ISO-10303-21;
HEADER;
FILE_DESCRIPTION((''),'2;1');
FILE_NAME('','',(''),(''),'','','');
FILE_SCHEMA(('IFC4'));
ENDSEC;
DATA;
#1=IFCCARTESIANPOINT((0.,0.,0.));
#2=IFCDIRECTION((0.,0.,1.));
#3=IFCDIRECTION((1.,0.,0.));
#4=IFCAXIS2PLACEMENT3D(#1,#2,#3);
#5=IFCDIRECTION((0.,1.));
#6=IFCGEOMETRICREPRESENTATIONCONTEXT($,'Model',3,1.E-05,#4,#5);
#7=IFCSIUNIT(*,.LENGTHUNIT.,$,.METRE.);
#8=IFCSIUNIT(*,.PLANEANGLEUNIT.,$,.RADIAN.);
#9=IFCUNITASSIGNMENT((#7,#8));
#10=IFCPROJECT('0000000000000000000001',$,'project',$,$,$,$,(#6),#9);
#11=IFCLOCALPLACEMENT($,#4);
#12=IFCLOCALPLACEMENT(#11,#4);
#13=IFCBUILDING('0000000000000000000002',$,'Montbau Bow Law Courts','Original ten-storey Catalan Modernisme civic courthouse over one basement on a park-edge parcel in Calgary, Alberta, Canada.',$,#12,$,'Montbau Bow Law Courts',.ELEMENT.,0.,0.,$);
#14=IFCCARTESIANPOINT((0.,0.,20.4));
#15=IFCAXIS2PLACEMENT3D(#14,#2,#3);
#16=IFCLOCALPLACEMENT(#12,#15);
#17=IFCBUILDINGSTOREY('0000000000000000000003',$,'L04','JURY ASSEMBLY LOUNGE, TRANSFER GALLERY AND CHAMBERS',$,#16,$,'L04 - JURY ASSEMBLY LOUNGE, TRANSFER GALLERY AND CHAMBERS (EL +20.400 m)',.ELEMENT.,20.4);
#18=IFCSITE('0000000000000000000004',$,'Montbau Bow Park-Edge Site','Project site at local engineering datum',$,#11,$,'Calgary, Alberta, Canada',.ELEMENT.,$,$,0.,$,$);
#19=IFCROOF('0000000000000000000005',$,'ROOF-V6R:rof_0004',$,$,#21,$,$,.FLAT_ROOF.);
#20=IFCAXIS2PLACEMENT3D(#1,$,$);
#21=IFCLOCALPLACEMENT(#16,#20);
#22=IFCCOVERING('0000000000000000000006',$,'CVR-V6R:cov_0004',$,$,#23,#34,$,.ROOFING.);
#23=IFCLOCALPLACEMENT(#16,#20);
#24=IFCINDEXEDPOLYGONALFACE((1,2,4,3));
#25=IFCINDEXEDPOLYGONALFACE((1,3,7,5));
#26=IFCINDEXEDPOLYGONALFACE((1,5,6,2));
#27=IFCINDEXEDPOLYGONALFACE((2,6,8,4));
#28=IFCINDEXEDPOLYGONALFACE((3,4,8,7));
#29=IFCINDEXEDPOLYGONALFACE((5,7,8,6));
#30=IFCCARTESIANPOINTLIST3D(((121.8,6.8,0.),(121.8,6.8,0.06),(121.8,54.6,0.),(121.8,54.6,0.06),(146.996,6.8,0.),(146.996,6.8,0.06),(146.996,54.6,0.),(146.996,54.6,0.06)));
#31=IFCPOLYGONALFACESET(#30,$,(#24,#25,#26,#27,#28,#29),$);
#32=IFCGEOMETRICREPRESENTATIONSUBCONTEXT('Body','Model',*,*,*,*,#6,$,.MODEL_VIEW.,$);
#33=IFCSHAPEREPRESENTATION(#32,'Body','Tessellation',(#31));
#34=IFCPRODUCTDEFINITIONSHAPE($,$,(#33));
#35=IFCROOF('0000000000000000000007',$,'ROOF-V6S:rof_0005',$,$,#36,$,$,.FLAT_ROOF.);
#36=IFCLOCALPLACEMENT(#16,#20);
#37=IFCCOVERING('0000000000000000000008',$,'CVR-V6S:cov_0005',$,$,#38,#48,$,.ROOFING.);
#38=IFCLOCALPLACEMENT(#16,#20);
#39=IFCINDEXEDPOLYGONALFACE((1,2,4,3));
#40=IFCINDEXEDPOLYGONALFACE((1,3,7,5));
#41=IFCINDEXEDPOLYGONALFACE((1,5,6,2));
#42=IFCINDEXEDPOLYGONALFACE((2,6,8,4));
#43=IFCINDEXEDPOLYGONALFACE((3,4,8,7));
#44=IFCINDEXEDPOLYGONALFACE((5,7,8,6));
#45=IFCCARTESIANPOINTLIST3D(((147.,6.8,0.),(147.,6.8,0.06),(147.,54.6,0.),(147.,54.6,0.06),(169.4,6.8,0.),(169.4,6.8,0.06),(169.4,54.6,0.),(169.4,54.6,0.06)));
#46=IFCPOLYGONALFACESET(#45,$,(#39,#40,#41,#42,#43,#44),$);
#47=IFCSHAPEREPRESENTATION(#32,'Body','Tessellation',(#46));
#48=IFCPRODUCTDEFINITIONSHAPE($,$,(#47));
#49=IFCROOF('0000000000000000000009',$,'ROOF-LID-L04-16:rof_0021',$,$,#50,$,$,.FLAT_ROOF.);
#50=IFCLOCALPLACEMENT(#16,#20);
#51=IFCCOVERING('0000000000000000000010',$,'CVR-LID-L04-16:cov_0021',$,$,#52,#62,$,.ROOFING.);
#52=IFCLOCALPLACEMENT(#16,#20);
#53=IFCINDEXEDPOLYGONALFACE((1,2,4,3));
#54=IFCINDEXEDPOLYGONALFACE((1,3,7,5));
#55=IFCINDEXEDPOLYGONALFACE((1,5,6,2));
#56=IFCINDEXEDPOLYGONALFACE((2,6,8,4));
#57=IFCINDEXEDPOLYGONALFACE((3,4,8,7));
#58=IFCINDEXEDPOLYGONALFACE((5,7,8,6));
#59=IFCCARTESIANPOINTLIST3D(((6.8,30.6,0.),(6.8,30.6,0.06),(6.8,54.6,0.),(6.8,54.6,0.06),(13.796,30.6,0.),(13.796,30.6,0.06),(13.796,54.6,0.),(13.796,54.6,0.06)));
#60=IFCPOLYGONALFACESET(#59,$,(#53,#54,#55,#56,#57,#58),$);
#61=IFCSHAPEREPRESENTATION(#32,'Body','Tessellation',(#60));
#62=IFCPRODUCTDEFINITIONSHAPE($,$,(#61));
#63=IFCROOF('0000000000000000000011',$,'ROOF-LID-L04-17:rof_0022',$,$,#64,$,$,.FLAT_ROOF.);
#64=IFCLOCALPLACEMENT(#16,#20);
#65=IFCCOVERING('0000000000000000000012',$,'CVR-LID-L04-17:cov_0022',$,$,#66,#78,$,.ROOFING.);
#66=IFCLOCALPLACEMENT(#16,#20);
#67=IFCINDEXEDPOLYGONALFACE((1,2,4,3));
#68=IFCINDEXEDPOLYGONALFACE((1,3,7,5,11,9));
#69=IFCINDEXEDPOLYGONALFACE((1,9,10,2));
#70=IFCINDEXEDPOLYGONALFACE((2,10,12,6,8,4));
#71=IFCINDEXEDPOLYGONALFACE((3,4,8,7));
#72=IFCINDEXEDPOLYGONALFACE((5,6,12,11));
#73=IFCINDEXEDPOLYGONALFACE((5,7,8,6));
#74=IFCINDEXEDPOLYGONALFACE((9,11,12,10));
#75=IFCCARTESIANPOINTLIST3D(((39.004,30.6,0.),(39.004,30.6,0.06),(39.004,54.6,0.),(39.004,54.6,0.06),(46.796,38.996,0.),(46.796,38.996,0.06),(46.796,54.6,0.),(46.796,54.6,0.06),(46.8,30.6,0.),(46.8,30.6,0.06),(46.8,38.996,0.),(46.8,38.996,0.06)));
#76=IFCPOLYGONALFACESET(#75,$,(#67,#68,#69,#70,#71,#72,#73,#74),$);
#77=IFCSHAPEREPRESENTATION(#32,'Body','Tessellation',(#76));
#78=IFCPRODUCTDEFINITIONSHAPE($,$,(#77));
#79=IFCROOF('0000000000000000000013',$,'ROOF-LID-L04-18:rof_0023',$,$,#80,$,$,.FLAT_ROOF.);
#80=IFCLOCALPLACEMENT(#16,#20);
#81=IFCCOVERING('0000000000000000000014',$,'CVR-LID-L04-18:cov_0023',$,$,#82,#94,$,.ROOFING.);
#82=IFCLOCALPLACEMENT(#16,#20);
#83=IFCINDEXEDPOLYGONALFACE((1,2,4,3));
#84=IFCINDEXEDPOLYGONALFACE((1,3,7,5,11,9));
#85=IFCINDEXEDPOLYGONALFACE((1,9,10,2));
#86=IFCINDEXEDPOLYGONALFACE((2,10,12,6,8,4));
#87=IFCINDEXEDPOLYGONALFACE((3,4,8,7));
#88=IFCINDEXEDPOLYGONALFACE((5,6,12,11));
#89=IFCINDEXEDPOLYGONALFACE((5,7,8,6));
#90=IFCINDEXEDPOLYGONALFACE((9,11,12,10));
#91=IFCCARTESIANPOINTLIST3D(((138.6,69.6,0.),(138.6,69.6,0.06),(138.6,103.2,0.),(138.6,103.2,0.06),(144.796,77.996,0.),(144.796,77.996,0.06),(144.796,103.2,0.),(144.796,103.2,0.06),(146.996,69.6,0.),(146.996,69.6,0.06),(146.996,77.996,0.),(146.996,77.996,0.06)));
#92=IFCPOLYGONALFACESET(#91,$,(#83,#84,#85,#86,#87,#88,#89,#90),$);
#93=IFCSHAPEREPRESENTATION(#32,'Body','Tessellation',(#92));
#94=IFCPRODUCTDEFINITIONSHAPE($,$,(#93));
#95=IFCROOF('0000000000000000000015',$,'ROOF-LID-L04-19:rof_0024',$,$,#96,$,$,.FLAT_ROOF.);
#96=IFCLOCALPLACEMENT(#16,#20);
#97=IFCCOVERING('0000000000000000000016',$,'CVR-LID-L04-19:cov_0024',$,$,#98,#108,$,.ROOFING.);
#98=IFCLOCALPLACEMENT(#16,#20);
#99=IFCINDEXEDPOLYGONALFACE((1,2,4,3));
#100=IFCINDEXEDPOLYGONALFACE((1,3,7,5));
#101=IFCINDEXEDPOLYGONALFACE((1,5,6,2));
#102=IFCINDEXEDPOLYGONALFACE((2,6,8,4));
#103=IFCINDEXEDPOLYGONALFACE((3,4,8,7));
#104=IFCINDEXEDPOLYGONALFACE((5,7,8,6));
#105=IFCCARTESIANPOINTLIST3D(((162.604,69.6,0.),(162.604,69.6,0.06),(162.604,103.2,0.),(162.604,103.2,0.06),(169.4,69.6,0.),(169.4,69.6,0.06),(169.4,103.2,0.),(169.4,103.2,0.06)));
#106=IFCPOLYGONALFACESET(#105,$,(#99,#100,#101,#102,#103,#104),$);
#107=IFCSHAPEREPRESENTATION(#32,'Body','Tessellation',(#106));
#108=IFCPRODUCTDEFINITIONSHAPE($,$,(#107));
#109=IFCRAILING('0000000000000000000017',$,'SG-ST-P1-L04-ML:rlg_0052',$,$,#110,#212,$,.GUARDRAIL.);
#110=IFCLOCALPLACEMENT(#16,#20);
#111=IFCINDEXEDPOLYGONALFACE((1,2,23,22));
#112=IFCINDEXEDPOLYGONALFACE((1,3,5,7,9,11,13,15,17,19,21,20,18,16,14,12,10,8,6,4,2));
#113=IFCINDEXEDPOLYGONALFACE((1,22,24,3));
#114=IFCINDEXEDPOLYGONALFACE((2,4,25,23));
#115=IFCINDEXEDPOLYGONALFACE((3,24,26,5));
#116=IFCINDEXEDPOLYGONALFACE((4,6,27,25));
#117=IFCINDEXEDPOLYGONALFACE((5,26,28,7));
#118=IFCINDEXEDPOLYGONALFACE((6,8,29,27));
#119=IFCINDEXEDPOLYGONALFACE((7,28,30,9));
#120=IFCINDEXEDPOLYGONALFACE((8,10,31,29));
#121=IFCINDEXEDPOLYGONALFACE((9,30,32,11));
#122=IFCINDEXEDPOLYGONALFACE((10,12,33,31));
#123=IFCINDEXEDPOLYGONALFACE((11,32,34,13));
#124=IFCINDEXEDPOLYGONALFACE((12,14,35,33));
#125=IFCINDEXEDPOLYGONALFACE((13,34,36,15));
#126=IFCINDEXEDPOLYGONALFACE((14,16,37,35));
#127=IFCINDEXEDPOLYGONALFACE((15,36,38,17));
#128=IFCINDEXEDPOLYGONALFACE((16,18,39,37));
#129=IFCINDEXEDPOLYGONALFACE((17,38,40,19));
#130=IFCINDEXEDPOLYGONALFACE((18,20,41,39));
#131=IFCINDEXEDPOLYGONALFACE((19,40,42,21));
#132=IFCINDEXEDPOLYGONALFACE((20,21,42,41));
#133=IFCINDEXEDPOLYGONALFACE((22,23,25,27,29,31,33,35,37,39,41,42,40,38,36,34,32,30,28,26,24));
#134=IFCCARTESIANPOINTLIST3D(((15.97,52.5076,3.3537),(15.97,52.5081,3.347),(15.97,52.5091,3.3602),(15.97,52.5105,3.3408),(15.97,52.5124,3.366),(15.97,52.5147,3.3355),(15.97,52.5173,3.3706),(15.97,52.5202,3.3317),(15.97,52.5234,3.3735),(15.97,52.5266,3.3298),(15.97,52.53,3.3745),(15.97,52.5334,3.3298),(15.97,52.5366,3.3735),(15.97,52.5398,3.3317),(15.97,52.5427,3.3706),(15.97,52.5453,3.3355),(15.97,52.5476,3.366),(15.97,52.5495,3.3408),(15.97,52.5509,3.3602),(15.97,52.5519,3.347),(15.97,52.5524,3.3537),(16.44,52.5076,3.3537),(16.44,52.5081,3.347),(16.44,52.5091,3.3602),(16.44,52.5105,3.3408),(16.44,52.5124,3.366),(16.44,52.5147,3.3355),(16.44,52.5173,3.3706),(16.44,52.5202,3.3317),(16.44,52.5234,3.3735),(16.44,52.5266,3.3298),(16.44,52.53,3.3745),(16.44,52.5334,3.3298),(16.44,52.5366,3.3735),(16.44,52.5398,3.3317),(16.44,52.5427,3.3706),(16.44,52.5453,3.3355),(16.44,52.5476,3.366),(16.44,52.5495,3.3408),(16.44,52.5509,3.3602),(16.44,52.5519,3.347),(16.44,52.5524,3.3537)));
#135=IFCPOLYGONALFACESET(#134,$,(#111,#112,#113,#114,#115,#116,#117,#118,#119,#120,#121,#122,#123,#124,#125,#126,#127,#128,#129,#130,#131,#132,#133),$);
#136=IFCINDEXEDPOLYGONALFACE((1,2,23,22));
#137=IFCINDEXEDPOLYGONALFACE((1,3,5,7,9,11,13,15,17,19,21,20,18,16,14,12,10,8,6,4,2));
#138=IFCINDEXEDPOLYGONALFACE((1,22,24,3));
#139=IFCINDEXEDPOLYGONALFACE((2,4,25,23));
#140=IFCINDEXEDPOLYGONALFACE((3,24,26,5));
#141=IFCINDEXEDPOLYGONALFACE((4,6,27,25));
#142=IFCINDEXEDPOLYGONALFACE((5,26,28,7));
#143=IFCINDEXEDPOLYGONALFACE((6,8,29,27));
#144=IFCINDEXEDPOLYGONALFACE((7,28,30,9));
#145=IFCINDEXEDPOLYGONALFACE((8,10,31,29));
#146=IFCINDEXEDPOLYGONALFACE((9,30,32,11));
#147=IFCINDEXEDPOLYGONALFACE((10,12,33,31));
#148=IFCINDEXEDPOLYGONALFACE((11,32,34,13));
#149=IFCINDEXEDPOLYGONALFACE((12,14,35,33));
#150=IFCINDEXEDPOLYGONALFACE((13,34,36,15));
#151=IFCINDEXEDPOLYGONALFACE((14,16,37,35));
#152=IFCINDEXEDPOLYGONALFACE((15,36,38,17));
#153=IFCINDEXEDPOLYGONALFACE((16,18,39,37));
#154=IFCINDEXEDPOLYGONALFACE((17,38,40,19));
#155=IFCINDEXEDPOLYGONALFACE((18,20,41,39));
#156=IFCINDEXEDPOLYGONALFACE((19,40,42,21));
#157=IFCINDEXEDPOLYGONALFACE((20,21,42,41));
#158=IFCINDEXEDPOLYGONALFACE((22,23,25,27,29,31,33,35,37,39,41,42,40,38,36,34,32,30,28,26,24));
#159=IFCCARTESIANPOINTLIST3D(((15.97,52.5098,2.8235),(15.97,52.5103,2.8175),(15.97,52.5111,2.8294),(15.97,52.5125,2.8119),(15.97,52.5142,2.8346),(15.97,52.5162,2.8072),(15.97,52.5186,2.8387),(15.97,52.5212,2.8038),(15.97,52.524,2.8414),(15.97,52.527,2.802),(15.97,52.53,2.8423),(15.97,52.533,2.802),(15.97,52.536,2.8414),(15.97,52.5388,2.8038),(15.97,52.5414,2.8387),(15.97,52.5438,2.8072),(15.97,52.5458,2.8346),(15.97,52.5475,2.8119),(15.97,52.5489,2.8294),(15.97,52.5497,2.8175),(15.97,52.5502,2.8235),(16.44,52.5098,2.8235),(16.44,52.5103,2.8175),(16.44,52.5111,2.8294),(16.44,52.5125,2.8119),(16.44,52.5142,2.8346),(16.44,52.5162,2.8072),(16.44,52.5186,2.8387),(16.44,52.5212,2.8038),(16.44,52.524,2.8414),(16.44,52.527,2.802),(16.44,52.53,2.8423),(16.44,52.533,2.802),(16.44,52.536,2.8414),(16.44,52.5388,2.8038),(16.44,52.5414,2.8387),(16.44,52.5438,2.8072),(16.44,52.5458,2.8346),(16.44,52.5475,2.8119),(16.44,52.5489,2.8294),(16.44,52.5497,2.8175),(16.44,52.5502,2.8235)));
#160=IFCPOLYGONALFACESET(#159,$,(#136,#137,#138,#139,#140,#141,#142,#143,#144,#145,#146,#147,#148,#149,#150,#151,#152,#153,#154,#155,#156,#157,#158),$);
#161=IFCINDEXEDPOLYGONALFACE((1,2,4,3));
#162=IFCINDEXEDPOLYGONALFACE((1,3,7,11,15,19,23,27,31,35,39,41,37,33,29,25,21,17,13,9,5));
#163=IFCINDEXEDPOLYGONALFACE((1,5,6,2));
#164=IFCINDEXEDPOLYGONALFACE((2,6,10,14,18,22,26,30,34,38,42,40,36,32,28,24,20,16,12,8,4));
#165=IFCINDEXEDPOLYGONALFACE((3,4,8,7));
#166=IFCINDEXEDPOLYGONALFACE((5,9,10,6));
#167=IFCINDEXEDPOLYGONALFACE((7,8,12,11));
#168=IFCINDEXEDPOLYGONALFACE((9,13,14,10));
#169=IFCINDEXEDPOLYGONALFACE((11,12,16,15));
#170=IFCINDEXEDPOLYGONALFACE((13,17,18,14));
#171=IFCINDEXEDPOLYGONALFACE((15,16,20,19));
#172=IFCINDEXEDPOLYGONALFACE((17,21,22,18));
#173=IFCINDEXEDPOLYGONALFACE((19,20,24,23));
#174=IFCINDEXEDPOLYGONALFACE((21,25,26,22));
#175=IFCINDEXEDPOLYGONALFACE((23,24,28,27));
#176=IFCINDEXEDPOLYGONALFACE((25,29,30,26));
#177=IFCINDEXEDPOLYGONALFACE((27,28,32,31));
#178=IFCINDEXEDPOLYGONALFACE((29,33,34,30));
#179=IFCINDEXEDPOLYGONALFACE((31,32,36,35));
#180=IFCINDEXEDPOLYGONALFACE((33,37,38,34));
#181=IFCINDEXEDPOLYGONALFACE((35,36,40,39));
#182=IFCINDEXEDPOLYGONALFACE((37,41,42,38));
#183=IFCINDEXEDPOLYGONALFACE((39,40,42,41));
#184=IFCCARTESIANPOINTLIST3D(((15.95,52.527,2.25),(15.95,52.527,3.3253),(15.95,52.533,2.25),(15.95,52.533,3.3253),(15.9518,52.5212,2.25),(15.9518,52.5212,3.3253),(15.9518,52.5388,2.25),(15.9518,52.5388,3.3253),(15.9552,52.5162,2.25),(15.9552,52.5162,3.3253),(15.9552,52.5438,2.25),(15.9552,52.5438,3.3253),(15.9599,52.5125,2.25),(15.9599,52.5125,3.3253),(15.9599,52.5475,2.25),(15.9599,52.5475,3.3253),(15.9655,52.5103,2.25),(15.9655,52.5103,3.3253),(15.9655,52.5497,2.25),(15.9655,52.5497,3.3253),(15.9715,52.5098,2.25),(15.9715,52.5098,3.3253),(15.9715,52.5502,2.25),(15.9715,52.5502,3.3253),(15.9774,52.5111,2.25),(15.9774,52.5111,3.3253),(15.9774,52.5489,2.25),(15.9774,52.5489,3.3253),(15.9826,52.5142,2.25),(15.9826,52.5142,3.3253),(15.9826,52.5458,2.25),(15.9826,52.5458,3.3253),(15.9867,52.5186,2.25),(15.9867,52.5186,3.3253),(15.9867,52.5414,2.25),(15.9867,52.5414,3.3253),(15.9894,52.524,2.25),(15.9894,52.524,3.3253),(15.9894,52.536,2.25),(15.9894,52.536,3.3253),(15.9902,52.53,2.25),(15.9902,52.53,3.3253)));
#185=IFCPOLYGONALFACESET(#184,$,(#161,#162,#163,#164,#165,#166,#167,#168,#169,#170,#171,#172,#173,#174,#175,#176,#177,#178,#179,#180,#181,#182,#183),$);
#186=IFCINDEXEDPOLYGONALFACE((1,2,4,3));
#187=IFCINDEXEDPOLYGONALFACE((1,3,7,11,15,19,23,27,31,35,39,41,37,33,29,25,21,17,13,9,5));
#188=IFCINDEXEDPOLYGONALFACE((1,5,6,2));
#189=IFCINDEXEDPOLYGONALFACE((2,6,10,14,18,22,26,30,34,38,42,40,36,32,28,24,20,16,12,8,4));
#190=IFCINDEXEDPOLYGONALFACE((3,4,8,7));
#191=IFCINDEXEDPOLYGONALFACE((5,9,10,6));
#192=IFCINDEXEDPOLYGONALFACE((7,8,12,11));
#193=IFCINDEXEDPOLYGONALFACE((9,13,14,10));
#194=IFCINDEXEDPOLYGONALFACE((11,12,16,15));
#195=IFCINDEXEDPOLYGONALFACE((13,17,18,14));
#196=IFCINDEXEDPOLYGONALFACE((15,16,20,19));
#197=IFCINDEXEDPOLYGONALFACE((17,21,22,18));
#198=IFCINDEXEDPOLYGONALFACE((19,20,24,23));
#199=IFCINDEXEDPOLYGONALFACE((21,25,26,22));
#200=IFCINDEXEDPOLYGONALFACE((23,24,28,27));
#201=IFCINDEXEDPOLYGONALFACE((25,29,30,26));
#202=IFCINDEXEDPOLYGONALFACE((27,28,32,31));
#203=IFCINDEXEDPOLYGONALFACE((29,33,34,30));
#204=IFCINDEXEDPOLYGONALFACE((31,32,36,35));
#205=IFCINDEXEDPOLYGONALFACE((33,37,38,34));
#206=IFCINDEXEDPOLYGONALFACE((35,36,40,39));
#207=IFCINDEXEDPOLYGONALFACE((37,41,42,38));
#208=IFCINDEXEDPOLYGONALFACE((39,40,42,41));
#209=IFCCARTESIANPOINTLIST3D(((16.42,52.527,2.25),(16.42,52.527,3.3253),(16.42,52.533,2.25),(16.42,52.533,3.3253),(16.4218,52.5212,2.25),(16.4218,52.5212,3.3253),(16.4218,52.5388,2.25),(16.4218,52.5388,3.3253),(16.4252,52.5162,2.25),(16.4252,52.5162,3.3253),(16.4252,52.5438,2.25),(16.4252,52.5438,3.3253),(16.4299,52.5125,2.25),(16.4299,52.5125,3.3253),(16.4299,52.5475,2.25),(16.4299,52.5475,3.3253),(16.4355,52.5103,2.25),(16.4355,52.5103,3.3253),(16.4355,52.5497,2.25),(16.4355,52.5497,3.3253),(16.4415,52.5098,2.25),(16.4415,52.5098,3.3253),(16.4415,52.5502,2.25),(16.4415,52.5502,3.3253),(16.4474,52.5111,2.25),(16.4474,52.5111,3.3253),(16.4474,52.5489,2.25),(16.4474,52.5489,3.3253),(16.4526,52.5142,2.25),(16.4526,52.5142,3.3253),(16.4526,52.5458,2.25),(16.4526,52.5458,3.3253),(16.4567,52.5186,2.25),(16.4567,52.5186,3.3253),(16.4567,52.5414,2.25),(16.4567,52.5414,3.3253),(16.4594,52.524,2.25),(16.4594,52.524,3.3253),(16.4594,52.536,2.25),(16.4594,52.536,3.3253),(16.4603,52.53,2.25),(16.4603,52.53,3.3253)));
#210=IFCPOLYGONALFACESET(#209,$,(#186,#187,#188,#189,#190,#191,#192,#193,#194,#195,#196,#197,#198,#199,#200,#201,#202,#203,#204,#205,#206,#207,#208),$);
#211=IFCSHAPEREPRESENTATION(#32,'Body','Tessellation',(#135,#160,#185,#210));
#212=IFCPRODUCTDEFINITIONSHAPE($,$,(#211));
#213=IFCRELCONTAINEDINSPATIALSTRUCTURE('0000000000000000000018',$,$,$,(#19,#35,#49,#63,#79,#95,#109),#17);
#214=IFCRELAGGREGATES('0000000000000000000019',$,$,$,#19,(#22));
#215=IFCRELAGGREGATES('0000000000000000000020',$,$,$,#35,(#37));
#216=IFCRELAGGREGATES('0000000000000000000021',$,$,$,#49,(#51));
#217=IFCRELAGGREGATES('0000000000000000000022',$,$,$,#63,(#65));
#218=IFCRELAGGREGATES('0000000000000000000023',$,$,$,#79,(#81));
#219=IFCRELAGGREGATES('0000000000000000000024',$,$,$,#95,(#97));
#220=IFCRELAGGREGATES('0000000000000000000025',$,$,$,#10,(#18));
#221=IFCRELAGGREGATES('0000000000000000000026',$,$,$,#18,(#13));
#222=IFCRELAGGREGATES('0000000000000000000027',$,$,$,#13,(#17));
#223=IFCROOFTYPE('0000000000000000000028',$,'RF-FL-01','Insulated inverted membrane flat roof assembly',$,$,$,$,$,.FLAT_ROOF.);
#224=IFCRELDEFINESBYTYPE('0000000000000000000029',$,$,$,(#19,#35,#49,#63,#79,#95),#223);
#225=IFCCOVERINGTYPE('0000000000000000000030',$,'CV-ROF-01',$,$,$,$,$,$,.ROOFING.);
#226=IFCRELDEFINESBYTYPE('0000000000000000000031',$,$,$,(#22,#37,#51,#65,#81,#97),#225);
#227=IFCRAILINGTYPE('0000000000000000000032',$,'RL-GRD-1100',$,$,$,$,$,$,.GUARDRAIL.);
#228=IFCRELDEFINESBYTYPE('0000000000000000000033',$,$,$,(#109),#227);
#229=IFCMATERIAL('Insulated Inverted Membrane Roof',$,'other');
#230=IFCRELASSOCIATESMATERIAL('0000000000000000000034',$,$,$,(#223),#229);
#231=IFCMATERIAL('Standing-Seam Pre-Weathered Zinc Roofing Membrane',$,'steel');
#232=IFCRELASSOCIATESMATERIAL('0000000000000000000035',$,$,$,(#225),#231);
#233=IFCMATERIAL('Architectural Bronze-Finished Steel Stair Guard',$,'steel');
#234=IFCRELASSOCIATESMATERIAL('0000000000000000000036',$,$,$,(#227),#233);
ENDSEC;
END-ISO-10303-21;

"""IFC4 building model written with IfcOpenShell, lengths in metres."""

from ifc_helpers import new_model, si_unit, direction, frame, origin_with_axes, origin_2d_with_axis, place, context, subcontext, project, spatial, polyline, circle, outline, extrude, material, type_object, element, aggregate, save


model = new_model("IFC4")

# Units and contexts
model_context = context("Model", 3, precision=1e-05, world=origin_with_axes(), true_north=direction((0.0, 1.0)))
body_context = subcontext(model_context, "Body", "Model", "MODEL_VIEW")
ifc_project = project(units=[si_unit("LENGTHUNIT", "METRE"), si_unit("PLANEANGLEUNIT", "RADIAN")], contexts=[model_context])

# Site, building, storey
site_placement = place(None, origin_with_axes())
site = spatial("IfcSite", under=ifc_project, at=site_placement, Name="Montbau Bow Park-Edge Site", Description="Project site at local engineering datum", LongName="Calgary, Alberta, Canada", CompositionType="ELEMENT", RefElevation=0.0)
building_placement = place(site_placement, origin_with_axes())
building = spatial("IfcBuilding", under=site, at=building_placement, Name="Montbau Bow Law Courts", Description="Original ten-storey Catalan Modernisme civic courthouse over one basement on a park-edge parcel in Calgary, Alberta, Canada.", LongName="Montbau Bow Law Courts", CompositionType="ELEMENT", ElevationOfRefHeight=0.0, ElevationOfTerrain=0.0)
storey_placement = place(building_placement, frame((0.0, 0.0, 20.4), z_axis=(0.0, 0.0, 1.0), x_axis=(1.0, 0.0, 0.0)))
storey = spatial("IfcBuildingStorey", under=building, at=storey_placement, Name="L04", Description="JURY ASSEMBLY LOUNGE, TRANSFER GALLERY AND CHAMBERS", LongName="L04 - JURY ASSEMBLY LOUNGE, TRANSFER GALLERY AND CHAMBERS (EL +20.400 m)", CompositionType="ELEMENT", Elevation=20.4)

# Roofs, coverings
ifc_material_1 = material(Name="Insulated Inverted Membrane Roof", Category="other")
roof_type = type_object("IfcRoofType", Name="RF-FL-01", Description="Insulated inverted membrane flat roof assembly", PredefinedType="FLAT_ROOF", material=ifc_material_1)
roof_1_placement = place(None, frame((121.8, 6.8, 20.4), z_axis=(0.0, 0.0, 1.0), x_axis=(1.0, 0.0, 0.0)))
roof_1 = element("IfcRoof", 1, at=roof_1_placement, inside=storey, type_object=roof_type, Name="ROOF-V6R:rof_0004", PredefinedType="FLAT_ROOF")
ifc_material_2 = material(Name="Standing-Seam Pre-Weathered Zinc Roofing Membrane", Category="steel")
covering_type = type_object("IfcCoveringType", Name="CV-ROF-01", PredefinedType="ROOFING", material=ifc_material_2)
covering_1_placement = place(None, frame((0.0, 0.0, 20.4), z_axis=(0.0, 0.0, 1.0), x_axis=(1.0, 0.0, 0.0)))
covering_1 = element("IfcCovering", 2, at=covering_1_placement, type_object=covering_type, Name="CVR-V6R:cov_0004", PredefinedType="ROOFING", context=body_context, shape_type="SweptSolid", body=[
    extrude(outline(polyline([(121.8, 6.8), (146.996, 6.8), (146.996, 54.6), (121.8, 54.6), (121.8, 6.8)])), origin_with_axes(), (0.0, 0.0, 1.0), 0.06),
])
aggregate(roof_1, [covering_1])
roof_2_placement = place(None, frame((147.0, 6.8, 20.4), z_axis=(0.0, 0.0, 1.0), x_axis=(1.0, 0.0, 0.0)))
roof_2 = element("IfcRoof", 3, at=roof_2_placement, inside=storey, type_object=roof_type, Name="ROOF-V6S:rof_0005", PredefinedType="FLAT_ROOF")
covering_2_placement = place(None, frame((0.0, 0.0, 20.4), z_axis=(0.0, 0.0, 1.0), x_axis=(1.0, 0.0, 0.0)))
covering_2 = element("IfcCovering", 4, at=covering_2_placement, type_object=covering_type, Name="CVR-V6S:cov_0005", PredefinedType="ROOFING", context=body_context, shape_type="SweptSolid", body=[
    extrude(outline(polyline([(147.0, 6.8), (169.4, 6.8), (169.4, 54.6), (147.0, 54.6), (147.0, 6.8)])), origin_with_axes(), (0.0, 0.0, 1.0), 0.06),
])
aggregate(roof_2, [covering_2])
roof_3_placement = place(None, frame((6.8, 30.6, 20.4), z_axis=(0.0, 0.0, 1.0), x_axis=(1.0, 0.0, 0.0)))
roof_3 = element("IfcRoof", 5, at=roof_3_placement, inside=storey, type_object=roof_type, Name="ROOF-LID-L04-16:rof_0021", PredefinedType="FLAT_ROOF")
covering_3_placement = place(None, frame((0.0, 0.0, 20.4), z_axis=(0.0, 0.0, 1.0), x_axis=(1.0, 0.0, 0.0)))
covering_3 = element("IfcCovering", 6, at=covering_3_placement, type_object=covering_type, Name="CVR-LID-L04-16:cov_0021", PredefinedType="ROOFING", context=body_context, shape_type="SweptSolid", body=[
    extrude(outline(polyline([(13.796, 54.6), (13.796, 30.6), (6.8, 30.6), (6.8, 54.6), (13.796, 54.6)])), origin_with_axes(), (0.0, 0.0, 1.0), 0.06),
])
aggregate(roof_3, [covering_3])
roof_4_placement = place(None, frame((39.004, 30.6, 20.4), z_axis=(0.0, 0.0, 1.0), x_axis=(1.0, 0.0, 0.0)))
roof_4 = element("IfcRoof", 7, at=roof_4_placement, inside=storey, type_object=roof_type, Name="ROOF-LID-L04-17:rof_0022", PredefinedType="FLAT_ROOF")
covering_4_placement = place(None, frame((0.0, 0.0, 20.4), z_axis=(0.0, 0.0, 1.0), x_axis=(1.0, 0.0, 0.0)))
covering_4 = element("IfcCovering", 8, at=covering_4_placement, type_object=covering_type, Name="CVR-LID-L04-17:cov_0022", PredefinedType="ROOFING", context=body_context, shape_type="SweptSolid", body=[
    extrude(outline(polyline([(46.796, 54.6), (46.796, 38.996), (46.8, 38.996), (46.8, 30.6), (39.004, 30.6), (39.004, 54.6), (46.796, 54.6)])), origin_with_axes(), (0.0, 0.0, 1.0), 0.06),
])
aggregate(roof_4, [covering_4])
roof_5_placement = place(None, frame((138.6, 69.6, 20.4), z_axis=(0.0, 0.0, 1.0), x_axis=(1.0, 0.0, 0.0)))
roof_5 = element("IfcRoof", 9, at=roof_5_placement, inside=storey, type_object=roof_type, Name="ROOF-LID-L04-18:rof_0023", PredefinedType="FLAT_ROOF")
covering_5_placement = place(None, frame((0.0, 0.0, 20.4), z_axis=(0.0, 0.0, 1.0), x_axis=(1.0, 0.0, 0.0)))
covering_5 = element("IfcCovering", 10, at=covering_5_placement, type_object=covering_type, Name="CVR-LID-L04-18:cov_0023", PredefinedType="ROOFING", context=body_context, shape_type="SweptSolid", body=[
    extrude(outline(polyline([(144.796, 103.2), (144.796, 77.996), (146.996, 77.996), (146.996, 69.6), (138.6, 69.6), (138.6, 103.2), (144.796, 103.2)])), origin_with_axes(), (0.0, 0.0, 1.0), 0.06),
])
aggregate(roof_5, [covering_5])
roof_6_placement = place(None, frame((162.604, 69.6, 20.4), z_axis=(0.0, 0.0, 1.0), x_axis=(1.0, 0.0, 0.0)))
roof_6 = element("IfcRoof", 11, at=roof_6_placement, inside=storey, type_object=roof_type, Name="ROOF-LID-L04-19:rof_0024", PredefinedType="FLAT_ROOF")
covering_6_placement = place(None, frame((0.0, 0.0, 20.4), z_axis=(0.0, 0.0, 1.0), x_axis=(1.0, 0.0, 0.0)))
covering_6 = element("IfcCovering", 12, at=covering_6_placement, type_object=covering_type, Name="CVR-LID-L04-19:cov_0024", PredefinedType="ROOFING", context=body_context, shape_type="SweptSolid", body=[
    extrude(outline(polyline([(169.4, 103.2), (169.4, 69.6), (162.604, 69.6), (162.604, 103.2), (169.4, 103.2)])), origin_with_axes(), (0.0, 0.0, 1.0), 0.06),
])
aggregate(roof_6, [covering_6])

# Railing
ifc_material_3 = material(Name="Architectural Bronze-Finished Steel Stair Guard", Category="steel")
railing_type_1 = type_object("IfcRailingType", Name="RL-GRD-1100", PredefinedType="GUARDRAIL", material=ifc_material_3)
railing_1_placement = place(None, origin_with_axes())
element("IfcRailing", 13, at=railing_1_placement, inside=storey, type_object=railing_type_1, Name="SG-ST-P1-L04-ML:rlg_0052", PredefinedType="GUARDRAIL", context=body_context, shape_type="SweptSolid", body=[
    extrude(circle(Radius=0.0225, at=origin_2d_with_axis()), frame((15.97, 52.53, 23.752), z_axis=(1.0, 0.0, 0.0), x_axis=(0.0, 0.0, 1.0)), (0.0, 0.0, 1.0), 0.47),
    extrude(circle(Radius=0.0203, at=origin_2d_with_axis()), frame((15.97, 52.53, 23.222), z_axis=(1.0, 0.0, 0.0), x_axis=(0.0, 0.0, 1.0)), (0.0, 0.0, 1.0), 0.47),
    extrude(circle(Radius=0.0203, at=origin_2d_with_axis()), frame((15.97, 52.53, 22.65), z_axis=(0.0, 0.0, 1.0), x_axis=(1.0, 0.0, 0.0)), (0.0, 0.0, 1.0), 1.0753),
    extrude(circle(Radius=0.0203, at=origin_2d_with_axis()), frame((16.44, 52.53, 22.65), z_axis=(0.0, 0.0, 1.0), x_axis=(1.0, 0.0, 0.0)), (0.0, 0.0, 1.0), 1.0753),
])

save(model, "model.ifc")
